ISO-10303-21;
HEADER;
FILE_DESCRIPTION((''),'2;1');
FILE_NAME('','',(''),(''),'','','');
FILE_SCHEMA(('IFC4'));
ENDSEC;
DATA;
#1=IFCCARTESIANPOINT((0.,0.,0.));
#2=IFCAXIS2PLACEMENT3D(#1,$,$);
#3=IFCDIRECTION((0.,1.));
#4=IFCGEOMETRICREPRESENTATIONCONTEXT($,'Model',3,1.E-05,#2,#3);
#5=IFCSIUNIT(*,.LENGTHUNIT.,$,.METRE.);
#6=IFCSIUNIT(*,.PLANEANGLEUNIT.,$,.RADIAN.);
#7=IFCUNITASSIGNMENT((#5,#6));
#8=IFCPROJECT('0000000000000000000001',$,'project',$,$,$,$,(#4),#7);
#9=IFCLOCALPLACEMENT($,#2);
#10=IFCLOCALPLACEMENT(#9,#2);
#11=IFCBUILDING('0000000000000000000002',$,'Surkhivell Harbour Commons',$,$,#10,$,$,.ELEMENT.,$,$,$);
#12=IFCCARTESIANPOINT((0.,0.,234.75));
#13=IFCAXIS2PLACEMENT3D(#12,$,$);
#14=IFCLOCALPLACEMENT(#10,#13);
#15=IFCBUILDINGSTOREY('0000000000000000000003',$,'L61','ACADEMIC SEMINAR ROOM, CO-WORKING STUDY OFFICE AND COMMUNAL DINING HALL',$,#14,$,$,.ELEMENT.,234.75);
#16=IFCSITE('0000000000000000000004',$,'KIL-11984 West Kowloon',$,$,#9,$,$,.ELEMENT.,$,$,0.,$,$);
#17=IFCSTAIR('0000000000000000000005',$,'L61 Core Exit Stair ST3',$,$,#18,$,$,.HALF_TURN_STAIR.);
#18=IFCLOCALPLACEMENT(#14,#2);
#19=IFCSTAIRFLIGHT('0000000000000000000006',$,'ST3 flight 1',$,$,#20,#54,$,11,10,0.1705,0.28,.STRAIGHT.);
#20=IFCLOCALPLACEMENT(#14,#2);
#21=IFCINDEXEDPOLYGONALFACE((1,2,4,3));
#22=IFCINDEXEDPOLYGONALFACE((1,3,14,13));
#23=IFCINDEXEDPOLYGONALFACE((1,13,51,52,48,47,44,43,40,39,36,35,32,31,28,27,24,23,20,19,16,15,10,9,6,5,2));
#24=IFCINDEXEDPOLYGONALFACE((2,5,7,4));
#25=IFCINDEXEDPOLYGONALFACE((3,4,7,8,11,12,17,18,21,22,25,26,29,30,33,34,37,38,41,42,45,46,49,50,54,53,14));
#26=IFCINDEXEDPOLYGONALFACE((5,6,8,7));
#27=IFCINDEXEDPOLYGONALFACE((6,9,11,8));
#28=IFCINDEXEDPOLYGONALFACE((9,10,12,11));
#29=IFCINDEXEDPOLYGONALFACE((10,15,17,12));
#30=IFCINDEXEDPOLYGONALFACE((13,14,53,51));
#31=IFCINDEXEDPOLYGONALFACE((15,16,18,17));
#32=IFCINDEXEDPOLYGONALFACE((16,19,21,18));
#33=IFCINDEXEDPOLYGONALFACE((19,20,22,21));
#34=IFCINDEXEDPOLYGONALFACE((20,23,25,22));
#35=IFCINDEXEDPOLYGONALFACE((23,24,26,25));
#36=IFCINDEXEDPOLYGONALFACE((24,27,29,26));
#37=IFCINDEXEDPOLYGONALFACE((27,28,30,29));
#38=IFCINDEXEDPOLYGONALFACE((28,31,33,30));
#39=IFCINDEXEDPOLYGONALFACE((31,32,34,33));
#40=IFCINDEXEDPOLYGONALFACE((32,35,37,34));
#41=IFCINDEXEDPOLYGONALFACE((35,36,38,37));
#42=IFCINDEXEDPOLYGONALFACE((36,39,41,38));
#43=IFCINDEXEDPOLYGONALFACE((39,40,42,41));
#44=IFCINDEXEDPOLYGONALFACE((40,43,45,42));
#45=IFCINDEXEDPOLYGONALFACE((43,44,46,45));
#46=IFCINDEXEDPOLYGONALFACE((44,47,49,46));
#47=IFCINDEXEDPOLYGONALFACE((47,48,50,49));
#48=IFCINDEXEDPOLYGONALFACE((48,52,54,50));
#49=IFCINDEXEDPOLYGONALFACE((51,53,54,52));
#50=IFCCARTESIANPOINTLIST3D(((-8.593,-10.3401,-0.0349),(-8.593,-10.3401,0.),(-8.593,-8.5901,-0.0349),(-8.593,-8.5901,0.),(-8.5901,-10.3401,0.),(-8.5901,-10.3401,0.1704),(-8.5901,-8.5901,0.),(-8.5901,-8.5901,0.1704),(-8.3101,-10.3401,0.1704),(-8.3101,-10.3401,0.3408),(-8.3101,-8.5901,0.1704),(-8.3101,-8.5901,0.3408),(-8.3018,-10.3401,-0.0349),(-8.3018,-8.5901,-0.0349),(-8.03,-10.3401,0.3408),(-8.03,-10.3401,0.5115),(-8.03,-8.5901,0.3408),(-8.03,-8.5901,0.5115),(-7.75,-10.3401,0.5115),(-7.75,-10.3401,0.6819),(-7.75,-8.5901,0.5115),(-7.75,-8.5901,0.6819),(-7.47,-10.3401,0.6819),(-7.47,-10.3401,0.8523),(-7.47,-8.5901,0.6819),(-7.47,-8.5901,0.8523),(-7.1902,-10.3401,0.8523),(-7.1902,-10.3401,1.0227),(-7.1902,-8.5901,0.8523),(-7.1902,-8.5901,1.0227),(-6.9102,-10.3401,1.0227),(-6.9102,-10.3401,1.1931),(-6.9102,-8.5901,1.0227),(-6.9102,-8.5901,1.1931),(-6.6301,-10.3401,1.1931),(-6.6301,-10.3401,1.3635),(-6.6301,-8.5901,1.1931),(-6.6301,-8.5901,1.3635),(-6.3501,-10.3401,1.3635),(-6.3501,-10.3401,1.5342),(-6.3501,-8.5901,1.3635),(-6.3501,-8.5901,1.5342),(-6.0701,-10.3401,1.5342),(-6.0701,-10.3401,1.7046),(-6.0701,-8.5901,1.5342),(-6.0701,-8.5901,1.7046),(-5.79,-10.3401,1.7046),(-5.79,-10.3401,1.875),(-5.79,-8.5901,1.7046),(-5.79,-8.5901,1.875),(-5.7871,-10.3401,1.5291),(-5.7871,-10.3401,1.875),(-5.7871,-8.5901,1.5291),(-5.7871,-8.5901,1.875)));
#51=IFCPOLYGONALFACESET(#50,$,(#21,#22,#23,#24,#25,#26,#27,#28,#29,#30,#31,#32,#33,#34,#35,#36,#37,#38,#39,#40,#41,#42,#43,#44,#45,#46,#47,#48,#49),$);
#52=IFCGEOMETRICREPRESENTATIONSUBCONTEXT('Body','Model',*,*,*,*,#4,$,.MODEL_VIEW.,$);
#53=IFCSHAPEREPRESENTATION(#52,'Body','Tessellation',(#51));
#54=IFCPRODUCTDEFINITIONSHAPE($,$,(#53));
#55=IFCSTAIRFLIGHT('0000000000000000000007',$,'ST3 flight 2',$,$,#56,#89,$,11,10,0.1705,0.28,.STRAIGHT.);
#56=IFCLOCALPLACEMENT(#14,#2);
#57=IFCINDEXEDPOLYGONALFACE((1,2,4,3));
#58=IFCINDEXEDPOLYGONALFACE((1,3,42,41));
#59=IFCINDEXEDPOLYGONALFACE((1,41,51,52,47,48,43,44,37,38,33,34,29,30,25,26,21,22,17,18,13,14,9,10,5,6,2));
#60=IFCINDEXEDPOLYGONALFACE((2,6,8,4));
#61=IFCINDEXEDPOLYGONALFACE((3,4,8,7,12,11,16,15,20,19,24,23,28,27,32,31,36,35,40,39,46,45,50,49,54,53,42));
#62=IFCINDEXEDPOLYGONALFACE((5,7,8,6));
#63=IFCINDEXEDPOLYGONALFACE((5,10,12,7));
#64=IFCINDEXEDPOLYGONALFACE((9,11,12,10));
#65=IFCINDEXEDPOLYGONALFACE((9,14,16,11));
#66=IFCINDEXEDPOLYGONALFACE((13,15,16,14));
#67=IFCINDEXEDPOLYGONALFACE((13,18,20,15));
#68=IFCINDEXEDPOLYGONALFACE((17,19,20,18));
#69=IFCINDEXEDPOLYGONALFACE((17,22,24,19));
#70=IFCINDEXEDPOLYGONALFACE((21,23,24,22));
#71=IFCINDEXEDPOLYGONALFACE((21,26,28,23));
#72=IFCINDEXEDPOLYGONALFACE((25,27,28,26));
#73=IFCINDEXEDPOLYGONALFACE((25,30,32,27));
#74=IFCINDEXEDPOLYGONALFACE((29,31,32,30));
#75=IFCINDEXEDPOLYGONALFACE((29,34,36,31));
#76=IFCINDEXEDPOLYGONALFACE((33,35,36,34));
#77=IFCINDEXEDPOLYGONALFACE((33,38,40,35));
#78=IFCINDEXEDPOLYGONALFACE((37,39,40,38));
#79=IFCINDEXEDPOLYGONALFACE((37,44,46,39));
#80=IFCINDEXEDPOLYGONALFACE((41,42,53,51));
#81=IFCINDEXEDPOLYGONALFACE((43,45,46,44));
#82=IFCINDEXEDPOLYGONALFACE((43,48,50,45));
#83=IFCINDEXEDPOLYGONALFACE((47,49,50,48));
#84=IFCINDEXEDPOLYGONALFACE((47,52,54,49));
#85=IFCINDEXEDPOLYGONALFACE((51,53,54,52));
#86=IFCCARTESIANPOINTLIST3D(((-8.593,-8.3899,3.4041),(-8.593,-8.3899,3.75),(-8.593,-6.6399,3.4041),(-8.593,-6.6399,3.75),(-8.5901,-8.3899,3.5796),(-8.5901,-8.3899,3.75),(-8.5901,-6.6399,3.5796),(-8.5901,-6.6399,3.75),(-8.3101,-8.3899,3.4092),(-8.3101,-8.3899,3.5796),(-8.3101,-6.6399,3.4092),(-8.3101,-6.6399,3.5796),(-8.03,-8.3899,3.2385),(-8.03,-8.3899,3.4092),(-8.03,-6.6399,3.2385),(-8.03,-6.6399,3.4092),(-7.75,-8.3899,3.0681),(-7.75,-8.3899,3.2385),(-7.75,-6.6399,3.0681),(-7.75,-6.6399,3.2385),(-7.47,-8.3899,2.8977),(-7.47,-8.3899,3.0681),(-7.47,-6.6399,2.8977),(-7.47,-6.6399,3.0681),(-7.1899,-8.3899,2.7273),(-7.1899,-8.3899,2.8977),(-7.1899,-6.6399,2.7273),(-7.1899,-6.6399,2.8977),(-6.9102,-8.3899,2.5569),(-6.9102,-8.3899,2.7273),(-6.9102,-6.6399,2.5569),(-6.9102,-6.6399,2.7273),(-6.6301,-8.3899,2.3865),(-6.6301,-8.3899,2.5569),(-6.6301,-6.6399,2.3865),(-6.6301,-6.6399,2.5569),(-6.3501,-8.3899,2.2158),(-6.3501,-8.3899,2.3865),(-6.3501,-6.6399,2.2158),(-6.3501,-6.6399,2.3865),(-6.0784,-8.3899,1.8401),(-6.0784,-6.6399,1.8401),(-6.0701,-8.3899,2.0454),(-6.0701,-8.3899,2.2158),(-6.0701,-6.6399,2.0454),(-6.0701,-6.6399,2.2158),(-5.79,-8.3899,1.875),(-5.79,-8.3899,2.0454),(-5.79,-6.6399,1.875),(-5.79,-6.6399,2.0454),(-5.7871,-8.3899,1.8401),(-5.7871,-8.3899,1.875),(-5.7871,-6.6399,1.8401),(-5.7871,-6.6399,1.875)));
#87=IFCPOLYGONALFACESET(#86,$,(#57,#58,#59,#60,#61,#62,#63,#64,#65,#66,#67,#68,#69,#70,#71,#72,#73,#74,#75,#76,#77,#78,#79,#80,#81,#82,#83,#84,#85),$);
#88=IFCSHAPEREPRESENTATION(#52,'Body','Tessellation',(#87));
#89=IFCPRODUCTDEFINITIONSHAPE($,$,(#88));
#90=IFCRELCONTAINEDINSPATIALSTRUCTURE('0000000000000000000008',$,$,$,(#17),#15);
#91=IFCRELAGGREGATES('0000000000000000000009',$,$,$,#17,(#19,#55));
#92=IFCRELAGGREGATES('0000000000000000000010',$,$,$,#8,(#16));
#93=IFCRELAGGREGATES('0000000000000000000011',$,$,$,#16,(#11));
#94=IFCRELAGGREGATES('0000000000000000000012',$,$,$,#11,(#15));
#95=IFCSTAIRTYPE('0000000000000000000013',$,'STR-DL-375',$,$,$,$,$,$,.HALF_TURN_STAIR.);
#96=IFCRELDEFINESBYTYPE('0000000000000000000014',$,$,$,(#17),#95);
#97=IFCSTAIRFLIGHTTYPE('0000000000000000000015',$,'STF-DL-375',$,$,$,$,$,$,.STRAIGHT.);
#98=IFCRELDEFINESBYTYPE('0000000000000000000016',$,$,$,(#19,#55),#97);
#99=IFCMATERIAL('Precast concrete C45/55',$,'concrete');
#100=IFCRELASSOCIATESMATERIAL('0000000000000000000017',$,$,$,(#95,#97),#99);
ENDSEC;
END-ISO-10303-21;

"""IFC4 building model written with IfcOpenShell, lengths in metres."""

from ifc_helpers import new_model, si_unit, direction, frame, origin, place, context, subcontext, project, spatial, polyline, outline, extrude, material, type_object, element, aggregate, save


model = new_model("IFC4")

# Units and contexts
model_context = context("Model", 3, precision=1e-05, world=origin(), true_north=direction((0.0, 1.0)))
body_context = subcontext(model_context, "Body", "Model", "MODEL_VIEW")
ifc_project = project(units=[si_unit("LENGTHUNIT", "METRE"), si_unit("PLANEANGLEUNIT", "RADIAN")], contexts=[model_context])

# Site, building, storey
site_placement = place(None, origin())
site = spatial("IfcSite", under=ifc_project, at=site_placement, Name="KIL-11984 West Kowloon", CompositionType="ELEMENT", RefElevation=0.0)
building_placement = place(site_placement, origin())
building = spatial("IfcBuilding", under=site, at=building_placement, Name="Surkhivell Harbour Commons", CompositionType="ELEMENT")
storey_placement = place(building_placement, frame((0.0, 0.0, 234.75)))
storey = spatial("IfcBuildingStorey", under=building, at=storey_placement, Name="L61", Description="ACADEMIC SEMINAR ROOM, CO-WORKING STUDY OFFICE AND COMMUNAL DINING HALL", CompositionType="ELEMENT", Elevation=234.75)

# Stair, stair flights
ifc_material_1 = material(Name="Precast concrete C45/55", Category="concrete")
stair_type = type_object("IfcStairType", Name="STR-DL-375", PredefinedType="HALF_TURN_STAIR", material=ifc_material_1)
stair_placement = place(storey_placement, origin())
stair = element("IfcStair", 1, at=stair_placement, inside=storey, type_object=stair_type, Name="L61 Core Exit Stair ST3", PredefinedType="HALF_TURN_STAIR")
stair_flight_type = type_object("IfcStairFlightType", Name="STF-DL-375", PredefinedType="STRAIGHT", material=ifc_material_1)
stair_flight_1_placement = place(storey_placement, frame((-8.5901, -9.4651, 0.0), z_axis=(0.0, 0.0, 1.0), x_axis=(1.0, 0.0, 0.0)))
stair_flight_1 = element("IfcStairFlight", 2, at=stair_flight_1_placement, type_object=stair_flight_type, Name="ST3 flight 1", NumberOfRisers=11, NumberOfTreads=10, PredefinedType="STRAIGHT", RiserHeight=0.1705, TreadLength=0.28, context=body_context, shape_type="SweptSolid", body=[
    extrude(outline(polyline([(-0.0029, -0.0349), (-0.0029, 0.0), (0.0, 0.0), (0.0, 0.1704), (0.28, 0.1704), (0.28, 0.3408), (0.5601, 0.3408), (0.5601, 0.5115), (0.8401, 0.5115), (0.8401, 0.6819), (1.1201, 0.6819), (1.1201, 0.8523), (1.3999, 0.8523), (1.3999, 1.0227), (1.6799, 1.0227), (1.6799, 1.1931), (1.96, 1.1931), (1.96, 1.3635), (2.24, 1.3635), (2.24, 1.5342), (2.52, 1.5342), (2.52, 1.7046), (2.8, 1.7046), (2.8, 1.875), (2.803, 1.875), (2.803, 1.5291), (0.2883, -0.0349), (-0.0029, -0.0349)])), frame((0.0, 0.875, 0.0), z_axis=(0.0, -1.0, 0.0), x_axis=(1.0, 0.0, 0.0)), (0.0, 0.0, 1.0), 1.75),
])
stair_flight_2_placement = place(storey_placement, frame((-5.79, -7.5149, 1.875), z_axis=(0.0, 0.0, 1.0), x_axis=(-1.0, 0.0, 0.0)))
stair_flight_2 = element("IfcStairFlight", 3, at=stair_flight_2_placement, type_object=stair_flight_type, Name="ST3 flight 2", NumberOfRisers=11, NumberOfTreads=10, PredefinedType="STRAIGHT", RiserHeight=0.1705, TreadLength=0.28, context=body_context, shape_type="SweptSolid", body=[
    extrude(outline(polyline([(-0.0029, -0.0349), (-0.0029, 0.0), (0.0, 0.0), (0.0, 0.1704), (0.28, 0.1704), (0.28, 0.3408), (0.5601, 0.3408), (0.5601, 0.5115), (0.8401, 0.5115), (0.8401, 0.6819), (1.1201, 0.6819), (1.1201, 0.8523), (1.3999, 0.8523), (1.3999, 1.0227), (1.6799, 1.0227), (1.6799, 1.1931), (1.96, 1.1931), (1.96, 1.3635), (2.24, 1.3635), (2.24, 1.5342), (2.52, 1.5342), (2.52, 1.7046), (2.8, 1.7046), (2.8, 1.875), (2.803, 1.875), (2.803, 1.5291), (0.2883, -0.0349), (-0.0029, -0.0349)])), frame((0.0, 0.875, 0.0), z_axis=(0.0, -1.0, 0.0), x_axis=(1.0, 0.0, 0.0)), (0.0, 0.0, 1.0), 1.75),
])
aggregate(stair, [stair_flight_1, stair_flight_2])

save(model, "model.ifc")
